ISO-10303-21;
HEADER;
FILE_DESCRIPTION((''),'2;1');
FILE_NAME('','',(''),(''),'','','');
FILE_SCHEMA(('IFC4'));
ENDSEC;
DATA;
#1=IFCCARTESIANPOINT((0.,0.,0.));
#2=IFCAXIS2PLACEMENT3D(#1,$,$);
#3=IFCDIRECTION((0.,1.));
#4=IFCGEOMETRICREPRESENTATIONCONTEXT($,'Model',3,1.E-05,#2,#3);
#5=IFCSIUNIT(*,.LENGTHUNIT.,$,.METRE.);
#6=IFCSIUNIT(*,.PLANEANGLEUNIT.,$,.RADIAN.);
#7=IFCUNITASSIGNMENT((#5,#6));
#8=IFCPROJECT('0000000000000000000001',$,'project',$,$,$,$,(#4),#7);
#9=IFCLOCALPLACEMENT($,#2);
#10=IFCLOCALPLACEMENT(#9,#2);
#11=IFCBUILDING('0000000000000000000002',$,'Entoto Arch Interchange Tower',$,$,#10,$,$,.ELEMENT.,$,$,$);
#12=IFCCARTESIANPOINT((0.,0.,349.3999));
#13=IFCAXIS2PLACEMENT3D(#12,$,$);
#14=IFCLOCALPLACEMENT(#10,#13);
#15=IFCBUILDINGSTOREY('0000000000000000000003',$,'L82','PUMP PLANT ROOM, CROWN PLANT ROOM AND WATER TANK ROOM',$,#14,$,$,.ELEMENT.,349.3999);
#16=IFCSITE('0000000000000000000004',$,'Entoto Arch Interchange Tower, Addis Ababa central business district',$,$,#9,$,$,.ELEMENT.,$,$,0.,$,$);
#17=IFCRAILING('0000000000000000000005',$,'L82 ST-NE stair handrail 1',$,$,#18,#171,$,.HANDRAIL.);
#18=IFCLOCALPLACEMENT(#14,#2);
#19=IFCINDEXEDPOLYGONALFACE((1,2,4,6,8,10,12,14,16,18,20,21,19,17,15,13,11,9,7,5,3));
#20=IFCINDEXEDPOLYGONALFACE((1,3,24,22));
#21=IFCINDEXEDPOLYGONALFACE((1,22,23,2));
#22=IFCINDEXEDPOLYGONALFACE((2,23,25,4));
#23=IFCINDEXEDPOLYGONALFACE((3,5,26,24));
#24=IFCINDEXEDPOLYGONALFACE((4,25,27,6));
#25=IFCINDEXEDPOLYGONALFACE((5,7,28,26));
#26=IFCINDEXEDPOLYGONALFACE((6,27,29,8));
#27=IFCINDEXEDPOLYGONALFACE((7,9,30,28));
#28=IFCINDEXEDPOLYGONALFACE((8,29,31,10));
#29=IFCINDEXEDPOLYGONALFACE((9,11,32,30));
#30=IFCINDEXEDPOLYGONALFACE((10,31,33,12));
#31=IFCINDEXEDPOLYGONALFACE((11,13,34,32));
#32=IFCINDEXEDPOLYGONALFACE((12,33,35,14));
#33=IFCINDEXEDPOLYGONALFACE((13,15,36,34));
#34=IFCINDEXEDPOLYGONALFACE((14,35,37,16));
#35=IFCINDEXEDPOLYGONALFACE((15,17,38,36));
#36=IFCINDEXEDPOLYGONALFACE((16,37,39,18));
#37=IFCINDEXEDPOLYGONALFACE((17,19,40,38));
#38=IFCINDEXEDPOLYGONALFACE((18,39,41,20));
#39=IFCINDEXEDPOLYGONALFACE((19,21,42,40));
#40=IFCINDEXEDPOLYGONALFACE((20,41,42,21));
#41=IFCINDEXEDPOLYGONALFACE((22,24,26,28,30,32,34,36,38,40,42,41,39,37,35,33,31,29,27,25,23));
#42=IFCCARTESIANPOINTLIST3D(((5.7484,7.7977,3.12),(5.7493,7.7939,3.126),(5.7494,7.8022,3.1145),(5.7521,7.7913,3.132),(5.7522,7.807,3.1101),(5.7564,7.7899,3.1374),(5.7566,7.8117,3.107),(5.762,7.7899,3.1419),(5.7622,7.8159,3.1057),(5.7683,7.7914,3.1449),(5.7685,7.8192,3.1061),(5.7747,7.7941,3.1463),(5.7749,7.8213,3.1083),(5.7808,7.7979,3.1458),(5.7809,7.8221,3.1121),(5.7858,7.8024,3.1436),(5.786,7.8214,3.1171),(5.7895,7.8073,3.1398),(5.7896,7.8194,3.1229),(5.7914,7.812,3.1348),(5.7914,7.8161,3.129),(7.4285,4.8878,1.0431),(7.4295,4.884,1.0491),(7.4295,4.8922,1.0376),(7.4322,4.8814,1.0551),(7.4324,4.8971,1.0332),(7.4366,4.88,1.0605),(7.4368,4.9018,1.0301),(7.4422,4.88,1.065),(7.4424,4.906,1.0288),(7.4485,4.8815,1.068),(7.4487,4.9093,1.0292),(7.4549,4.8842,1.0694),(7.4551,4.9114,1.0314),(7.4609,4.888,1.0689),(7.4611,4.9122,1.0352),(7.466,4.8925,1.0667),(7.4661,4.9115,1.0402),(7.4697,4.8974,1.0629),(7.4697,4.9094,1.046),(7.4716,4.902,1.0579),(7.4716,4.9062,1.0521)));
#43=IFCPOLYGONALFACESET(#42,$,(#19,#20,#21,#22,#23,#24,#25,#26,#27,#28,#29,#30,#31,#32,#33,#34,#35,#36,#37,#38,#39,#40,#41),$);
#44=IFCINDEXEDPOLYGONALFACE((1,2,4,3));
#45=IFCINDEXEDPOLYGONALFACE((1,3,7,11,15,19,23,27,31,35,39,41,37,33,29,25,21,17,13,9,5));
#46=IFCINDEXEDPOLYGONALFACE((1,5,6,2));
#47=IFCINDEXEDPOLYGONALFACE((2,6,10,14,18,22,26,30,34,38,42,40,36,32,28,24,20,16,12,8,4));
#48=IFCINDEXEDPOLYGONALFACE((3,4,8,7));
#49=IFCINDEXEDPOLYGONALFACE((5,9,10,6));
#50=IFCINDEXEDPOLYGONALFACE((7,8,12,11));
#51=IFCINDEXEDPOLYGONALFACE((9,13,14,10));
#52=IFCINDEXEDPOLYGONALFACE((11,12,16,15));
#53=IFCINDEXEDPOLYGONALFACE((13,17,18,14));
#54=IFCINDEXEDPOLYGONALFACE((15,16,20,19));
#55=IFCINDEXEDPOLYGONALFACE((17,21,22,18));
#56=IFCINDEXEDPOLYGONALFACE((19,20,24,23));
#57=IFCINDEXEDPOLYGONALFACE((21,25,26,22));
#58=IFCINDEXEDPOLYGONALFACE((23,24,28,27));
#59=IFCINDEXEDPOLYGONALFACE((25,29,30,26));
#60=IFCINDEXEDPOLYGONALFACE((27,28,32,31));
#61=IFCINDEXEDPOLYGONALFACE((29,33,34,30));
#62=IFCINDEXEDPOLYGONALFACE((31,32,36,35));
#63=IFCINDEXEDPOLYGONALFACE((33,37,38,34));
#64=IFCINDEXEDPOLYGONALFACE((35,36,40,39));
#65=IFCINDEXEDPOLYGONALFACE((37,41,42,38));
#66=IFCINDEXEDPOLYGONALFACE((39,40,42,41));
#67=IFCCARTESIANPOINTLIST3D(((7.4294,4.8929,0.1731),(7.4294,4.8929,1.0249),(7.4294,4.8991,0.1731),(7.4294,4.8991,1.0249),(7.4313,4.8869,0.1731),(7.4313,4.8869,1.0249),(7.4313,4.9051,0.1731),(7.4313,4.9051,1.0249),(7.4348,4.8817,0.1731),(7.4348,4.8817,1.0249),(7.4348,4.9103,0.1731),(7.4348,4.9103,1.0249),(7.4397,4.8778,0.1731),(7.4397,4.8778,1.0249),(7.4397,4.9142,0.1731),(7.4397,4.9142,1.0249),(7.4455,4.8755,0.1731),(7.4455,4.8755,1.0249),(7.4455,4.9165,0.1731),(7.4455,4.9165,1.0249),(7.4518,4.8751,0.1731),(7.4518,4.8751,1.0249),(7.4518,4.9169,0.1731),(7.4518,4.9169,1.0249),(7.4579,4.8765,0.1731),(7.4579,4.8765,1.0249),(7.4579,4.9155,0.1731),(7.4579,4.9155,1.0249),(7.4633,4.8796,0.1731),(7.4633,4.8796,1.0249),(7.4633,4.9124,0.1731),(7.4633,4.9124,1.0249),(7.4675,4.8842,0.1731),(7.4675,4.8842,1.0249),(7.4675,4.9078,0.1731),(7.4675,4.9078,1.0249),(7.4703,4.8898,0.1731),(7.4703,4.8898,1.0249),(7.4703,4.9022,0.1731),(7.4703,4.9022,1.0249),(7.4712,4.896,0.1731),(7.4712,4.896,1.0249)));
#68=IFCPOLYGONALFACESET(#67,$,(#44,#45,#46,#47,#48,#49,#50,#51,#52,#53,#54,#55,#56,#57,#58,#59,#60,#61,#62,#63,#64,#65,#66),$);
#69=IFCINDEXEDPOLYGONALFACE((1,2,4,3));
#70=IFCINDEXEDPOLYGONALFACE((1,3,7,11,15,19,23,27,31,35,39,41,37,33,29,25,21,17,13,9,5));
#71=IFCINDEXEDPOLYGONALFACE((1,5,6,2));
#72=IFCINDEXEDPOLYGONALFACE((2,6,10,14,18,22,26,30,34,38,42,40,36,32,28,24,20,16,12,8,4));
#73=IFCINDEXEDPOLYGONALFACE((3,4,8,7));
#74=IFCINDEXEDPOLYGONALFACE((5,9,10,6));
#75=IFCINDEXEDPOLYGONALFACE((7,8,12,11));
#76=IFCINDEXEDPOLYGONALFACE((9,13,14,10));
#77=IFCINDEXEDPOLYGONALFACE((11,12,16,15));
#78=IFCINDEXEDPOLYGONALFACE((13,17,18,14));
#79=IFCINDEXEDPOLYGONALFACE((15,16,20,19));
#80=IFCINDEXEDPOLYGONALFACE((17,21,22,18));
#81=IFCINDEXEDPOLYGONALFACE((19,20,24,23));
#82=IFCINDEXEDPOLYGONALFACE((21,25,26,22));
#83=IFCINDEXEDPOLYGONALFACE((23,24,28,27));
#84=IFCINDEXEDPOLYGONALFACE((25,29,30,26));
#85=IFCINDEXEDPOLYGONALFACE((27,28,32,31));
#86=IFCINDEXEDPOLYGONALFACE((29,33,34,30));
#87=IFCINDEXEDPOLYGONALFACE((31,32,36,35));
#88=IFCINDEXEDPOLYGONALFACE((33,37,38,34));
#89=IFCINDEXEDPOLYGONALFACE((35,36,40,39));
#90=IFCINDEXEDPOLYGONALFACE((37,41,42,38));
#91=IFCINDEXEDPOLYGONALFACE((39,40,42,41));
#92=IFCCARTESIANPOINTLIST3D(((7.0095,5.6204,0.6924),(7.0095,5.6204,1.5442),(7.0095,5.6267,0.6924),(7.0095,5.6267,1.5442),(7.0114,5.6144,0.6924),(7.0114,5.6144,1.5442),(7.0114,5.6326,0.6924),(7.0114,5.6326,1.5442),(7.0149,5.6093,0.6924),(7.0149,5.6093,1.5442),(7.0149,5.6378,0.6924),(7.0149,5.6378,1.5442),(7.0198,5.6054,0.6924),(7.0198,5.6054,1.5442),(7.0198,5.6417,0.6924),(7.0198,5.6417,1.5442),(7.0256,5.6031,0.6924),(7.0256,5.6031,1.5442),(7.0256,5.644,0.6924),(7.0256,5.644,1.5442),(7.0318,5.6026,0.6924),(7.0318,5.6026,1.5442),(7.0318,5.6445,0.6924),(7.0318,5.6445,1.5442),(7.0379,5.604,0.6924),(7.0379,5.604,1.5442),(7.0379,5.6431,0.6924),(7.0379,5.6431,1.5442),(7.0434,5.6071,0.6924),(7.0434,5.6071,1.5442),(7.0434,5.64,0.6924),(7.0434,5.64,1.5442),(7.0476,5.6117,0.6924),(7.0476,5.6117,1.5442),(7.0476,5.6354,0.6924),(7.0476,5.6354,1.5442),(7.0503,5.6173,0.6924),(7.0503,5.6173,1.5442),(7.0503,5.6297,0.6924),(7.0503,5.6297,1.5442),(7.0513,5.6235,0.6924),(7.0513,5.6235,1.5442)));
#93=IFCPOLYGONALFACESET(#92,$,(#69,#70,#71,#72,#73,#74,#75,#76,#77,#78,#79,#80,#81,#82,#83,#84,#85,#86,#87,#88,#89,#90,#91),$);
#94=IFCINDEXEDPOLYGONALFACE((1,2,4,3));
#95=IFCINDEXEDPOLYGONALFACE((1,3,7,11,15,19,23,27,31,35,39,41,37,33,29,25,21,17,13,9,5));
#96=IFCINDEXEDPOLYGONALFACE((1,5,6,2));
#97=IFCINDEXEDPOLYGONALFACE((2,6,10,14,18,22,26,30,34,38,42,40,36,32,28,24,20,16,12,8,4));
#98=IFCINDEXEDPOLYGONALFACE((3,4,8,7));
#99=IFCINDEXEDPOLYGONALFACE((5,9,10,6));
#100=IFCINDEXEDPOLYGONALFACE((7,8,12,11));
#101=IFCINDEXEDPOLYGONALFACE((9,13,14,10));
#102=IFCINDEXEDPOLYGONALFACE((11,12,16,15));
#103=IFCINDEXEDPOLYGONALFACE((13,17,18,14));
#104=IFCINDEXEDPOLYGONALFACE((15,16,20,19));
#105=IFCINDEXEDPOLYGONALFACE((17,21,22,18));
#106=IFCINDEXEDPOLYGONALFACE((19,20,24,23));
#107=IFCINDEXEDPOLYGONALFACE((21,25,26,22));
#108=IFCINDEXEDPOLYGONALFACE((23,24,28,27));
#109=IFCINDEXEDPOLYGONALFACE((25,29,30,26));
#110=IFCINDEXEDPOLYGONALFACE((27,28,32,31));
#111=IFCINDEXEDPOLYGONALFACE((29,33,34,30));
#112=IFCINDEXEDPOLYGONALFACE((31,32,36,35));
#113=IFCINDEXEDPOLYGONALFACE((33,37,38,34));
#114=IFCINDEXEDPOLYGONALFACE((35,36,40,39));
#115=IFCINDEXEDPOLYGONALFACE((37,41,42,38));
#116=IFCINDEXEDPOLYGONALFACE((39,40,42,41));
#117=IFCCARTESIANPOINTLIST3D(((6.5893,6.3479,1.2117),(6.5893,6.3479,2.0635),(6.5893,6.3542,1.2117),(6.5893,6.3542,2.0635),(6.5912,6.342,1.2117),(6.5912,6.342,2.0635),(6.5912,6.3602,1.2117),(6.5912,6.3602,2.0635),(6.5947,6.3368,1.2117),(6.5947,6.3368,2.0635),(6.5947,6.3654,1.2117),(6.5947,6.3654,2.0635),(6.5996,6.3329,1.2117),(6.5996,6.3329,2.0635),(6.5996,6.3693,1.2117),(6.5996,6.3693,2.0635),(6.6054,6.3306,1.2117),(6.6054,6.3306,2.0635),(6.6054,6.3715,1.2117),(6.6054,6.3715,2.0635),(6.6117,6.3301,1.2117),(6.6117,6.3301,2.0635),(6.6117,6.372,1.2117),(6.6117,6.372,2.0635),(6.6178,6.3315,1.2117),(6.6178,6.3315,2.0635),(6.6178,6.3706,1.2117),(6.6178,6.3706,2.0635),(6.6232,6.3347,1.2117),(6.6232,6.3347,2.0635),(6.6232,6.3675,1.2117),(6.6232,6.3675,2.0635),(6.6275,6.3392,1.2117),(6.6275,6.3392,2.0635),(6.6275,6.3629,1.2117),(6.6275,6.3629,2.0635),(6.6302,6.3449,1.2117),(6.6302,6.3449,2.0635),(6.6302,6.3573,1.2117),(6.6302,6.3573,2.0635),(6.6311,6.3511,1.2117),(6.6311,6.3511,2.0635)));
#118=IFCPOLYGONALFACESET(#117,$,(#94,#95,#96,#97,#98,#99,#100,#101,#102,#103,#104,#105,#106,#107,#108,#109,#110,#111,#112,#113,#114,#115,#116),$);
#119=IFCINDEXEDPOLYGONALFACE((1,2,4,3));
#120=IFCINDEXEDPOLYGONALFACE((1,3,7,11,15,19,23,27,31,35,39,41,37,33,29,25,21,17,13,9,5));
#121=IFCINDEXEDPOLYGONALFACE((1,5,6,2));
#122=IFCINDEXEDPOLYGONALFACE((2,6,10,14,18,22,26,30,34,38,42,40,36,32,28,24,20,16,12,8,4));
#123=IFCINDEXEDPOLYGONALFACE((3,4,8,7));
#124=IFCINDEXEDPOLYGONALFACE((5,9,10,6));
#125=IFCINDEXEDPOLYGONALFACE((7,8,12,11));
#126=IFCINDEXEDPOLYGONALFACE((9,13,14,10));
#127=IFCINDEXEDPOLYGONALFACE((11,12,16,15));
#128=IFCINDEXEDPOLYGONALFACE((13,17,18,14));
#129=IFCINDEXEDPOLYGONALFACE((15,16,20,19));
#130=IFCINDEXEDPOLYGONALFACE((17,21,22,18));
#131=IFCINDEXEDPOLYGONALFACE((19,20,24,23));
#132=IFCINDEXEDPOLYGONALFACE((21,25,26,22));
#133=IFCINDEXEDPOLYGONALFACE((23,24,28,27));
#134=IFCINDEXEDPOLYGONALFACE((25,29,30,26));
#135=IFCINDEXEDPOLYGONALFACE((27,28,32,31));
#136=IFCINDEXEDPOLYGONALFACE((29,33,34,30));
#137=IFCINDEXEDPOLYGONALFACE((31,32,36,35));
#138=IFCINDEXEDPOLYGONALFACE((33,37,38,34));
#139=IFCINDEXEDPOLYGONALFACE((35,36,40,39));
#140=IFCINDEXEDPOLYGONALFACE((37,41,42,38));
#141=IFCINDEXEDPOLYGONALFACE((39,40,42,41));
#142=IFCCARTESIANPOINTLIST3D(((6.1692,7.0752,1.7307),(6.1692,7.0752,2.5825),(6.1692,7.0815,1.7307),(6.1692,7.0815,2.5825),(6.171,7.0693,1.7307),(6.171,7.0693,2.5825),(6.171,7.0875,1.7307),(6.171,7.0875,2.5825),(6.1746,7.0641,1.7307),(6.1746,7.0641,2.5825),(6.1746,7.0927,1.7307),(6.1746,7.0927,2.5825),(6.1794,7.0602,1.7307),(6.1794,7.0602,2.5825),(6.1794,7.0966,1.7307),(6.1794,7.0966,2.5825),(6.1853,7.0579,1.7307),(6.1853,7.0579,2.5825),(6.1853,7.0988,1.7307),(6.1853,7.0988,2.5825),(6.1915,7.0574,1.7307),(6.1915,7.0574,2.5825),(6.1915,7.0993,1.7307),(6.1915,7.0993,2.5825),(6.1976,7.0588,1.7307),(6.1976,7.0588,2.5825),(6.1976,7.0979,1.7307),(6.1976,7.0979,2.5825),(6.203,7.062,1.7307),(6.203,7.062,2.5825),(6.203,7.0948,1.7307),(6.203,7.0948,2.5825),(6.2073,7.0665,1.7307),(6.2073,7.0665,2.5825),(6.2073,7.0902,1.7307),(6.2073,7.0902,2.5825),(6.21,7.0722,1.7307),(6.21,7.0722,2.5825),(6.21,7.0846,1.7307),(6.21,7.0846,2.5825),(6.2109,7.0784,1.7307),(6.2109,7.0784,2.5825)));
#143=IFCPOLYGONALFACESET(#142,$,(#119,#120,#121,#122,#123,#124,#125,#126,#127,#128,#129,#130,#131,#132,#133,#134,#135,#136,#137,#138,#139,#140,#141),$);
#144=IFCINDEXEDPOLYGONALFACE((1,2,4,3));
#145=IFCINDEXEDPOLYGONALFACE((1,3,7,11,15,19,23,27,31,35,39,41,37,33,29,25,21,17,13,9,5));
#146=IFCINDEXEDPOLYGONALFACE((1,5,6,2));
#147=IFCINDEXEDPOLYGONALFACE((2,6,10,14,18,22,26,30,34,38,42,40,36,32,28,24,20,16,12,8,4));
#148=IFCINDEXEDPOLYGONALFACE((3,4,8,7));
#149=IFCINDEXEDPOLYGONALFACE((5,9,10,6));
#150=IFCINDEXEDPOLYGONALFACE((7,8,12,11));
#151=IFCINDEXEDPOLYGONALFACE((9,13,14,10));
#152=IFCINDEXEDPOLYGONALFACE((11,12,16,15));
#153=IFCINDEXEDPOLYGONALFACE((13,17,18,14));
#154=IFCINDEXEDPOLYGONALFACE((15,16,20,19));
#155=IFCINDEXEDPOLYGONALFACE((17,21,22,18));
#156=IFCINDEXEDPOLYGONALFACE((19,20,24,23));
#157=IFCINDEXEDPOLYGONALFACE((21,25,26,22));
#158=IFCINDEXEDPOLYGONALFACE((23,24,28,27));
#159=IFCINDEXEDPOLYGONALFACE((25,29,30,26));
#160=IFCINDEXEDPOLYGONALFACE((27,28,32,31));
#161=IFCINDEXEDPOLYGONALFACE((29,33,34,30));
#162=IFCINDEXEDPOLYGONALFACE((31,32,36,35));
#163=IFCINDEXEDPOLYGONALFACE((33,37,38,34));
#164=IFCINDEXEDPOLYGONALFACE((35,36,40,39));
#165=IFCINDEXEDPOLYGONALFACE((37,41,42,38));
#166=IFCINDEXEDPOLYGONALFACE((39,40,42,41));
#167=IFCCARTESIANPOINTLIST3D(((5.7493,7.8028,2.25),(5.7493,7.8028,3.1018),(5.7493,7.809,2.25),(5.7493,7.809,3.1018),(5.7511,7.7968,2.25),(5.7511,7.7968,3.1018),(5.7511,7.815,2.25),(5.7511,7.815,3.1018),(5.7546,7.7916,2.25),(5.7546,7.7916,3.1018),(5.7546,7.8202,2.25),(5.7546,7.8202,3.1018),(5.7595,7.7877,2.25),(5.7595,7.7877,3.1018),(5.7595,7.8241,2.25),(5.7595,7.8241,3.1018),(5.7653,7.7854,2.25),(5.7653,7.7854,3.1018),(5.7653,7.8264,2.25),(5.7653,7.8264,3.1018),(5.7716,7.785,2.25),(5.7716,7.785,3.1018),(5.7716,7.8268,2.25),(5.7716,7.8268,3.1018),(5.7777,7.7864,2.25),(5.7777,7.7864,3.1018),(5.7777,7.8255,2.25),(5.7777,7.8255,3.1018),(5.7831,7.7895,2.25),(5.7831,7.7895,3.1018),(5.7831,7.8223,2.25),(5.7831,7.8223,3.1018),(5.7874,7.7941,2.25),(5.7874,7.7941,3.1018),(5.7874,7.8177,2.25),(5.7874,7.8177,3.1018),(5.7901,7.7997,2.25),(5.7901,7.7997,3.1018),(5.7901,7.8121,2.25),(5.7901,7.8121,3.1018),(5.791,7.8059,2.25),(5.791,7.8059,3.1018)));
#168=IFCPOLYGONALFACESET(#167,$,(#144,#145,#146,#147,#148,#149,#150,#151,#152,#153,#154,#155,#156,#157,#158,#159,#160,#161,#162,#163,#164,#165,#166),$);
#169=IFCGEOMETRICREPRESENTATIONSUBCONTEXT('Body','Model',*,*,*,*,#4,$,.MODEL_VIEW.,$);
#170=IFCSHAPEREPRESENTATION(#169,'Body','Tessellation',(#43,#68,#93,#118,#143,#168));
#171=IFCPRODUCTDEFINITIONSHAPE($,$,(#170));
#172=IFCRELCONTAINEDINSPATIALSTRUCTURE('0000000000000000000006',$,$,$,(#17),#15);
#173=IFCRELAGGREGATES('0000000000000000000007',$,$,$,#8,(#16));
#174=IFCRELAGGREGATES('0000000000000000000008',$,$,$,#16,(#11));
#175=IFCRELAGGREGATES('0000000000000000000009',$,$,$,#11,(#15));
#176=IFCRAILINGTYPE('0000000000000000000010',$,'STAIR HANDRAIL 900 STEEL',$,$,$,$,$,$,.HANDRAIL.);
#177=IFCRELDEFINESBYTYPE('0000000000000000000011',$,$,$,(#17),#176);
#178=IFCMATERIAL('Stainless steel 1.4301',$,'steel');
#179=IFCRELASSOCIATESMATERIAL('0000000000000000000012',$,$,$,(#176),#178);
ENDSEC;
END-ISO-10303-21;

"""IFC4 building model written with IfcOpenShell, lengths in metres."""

from ifc_helpers import new_model, si_unit, direction, frame, origin, origin_2d, place, context, subcontext, project, spatial, circle, extrude, material, type_object, element, save


model = new_model("IFC4")

# Units and contexts
model_context = context("Model", 3, precision=1e-05, world=origin(), true_north=direction((0.0, 1.0)))
body_context = subcontext(model_context, "Body", "Model", "MODEL_VIEW")
ifc_project = project(units=[si_unit("LENGTHUNIT", "METRE"), si_unit("PLANEANGLEUNIT", "RADIAN")], contexts=[model_context])

# Site, building, storey
site_placement = place(None, origin())
site = spatial("IfcSite", under=ifc_project, at=site_placement, Name="Entoto Arch Interchange Tower, Addis Ababa central business district", CompositionType="ELEMENT", RefElevation=0.0)
building_placement = place(site_placement, origin())
building = spatial("IfcBuilding", under=site, at=building_placement, Name="Entoto Arch Interchange Tower", CompositionType="ELEMENT")
storey_placement = place(building_placement, frame((0.0, 0.0, 349.3999)))
storey = spatial("IfcBuildingStorey", under=building, at=storey_placement, Name="L82", Description="PUMP PLANT ROOM, CROWN PLANT ROOM AND WATER TANK ROOM", CompositionType="ELEMENT", Elevation=349.3999)

# Railing
ifc_material_1 = material(Name="Stainless steel 1.4301", Category="steel")
railing_type_1 = type_object("IfcRailingType", Name="STAIR HANDRAIL 900 STEEL", PredefinedType="HANDRAIL", material=ifc_material_1)
railing_1_placement = place(storey_placement, frame((7.4502, 4.896, 0.1731)))
element("IfcRailing", 1, at=railing_1_placement, inside=storey, type_object=railing_type_1, Name="L82 ST-NE stair handrail 1", PredefinedType="HANDRAIL", context=body_context, shape_type="SweptSolid", body=[
    extrude(circle(Radius=0.0239, at=origin_2d()), frame((0.0, 0.0, 0.876), z_axis=(-0.425339, 0.736649, 0.525771), x_axis=(-0.866008, -0.500031, 0.0)), (0.0, 0.0, 1.0), 3.9502),
    extrude(circle(Radius=0.021, at=origin_2d()), origin(), (0.0, 0.0, 1.0), 0.8518),
    extrude(circle(Radius=0.021, at=origin_2d()), frame((-0.4199, 0.7275, 0.5193)), (0.0, 0.0, 1.0), 0.8518),
    extrude(circle(Radius=0.021, at=origin_2d()), frame((-0.8401, 1.4551, 1.0386)), (0.0, 0.0, 1.0), 0.8518),
    extrude(circle(Radius=0.021, at=origin_2d()), frame((-1.2603, 2.1824, 1.5576)), (0.0, 0.0, 1.0), 0.8518),
    extrude(circle(Radius=0.021, at=origin_2d()), frame((-1.6802, 2.9099, 2.0769)), (0.0, 0.0, 1.0), 0.8518),
])

save(model, "model.ifc")
